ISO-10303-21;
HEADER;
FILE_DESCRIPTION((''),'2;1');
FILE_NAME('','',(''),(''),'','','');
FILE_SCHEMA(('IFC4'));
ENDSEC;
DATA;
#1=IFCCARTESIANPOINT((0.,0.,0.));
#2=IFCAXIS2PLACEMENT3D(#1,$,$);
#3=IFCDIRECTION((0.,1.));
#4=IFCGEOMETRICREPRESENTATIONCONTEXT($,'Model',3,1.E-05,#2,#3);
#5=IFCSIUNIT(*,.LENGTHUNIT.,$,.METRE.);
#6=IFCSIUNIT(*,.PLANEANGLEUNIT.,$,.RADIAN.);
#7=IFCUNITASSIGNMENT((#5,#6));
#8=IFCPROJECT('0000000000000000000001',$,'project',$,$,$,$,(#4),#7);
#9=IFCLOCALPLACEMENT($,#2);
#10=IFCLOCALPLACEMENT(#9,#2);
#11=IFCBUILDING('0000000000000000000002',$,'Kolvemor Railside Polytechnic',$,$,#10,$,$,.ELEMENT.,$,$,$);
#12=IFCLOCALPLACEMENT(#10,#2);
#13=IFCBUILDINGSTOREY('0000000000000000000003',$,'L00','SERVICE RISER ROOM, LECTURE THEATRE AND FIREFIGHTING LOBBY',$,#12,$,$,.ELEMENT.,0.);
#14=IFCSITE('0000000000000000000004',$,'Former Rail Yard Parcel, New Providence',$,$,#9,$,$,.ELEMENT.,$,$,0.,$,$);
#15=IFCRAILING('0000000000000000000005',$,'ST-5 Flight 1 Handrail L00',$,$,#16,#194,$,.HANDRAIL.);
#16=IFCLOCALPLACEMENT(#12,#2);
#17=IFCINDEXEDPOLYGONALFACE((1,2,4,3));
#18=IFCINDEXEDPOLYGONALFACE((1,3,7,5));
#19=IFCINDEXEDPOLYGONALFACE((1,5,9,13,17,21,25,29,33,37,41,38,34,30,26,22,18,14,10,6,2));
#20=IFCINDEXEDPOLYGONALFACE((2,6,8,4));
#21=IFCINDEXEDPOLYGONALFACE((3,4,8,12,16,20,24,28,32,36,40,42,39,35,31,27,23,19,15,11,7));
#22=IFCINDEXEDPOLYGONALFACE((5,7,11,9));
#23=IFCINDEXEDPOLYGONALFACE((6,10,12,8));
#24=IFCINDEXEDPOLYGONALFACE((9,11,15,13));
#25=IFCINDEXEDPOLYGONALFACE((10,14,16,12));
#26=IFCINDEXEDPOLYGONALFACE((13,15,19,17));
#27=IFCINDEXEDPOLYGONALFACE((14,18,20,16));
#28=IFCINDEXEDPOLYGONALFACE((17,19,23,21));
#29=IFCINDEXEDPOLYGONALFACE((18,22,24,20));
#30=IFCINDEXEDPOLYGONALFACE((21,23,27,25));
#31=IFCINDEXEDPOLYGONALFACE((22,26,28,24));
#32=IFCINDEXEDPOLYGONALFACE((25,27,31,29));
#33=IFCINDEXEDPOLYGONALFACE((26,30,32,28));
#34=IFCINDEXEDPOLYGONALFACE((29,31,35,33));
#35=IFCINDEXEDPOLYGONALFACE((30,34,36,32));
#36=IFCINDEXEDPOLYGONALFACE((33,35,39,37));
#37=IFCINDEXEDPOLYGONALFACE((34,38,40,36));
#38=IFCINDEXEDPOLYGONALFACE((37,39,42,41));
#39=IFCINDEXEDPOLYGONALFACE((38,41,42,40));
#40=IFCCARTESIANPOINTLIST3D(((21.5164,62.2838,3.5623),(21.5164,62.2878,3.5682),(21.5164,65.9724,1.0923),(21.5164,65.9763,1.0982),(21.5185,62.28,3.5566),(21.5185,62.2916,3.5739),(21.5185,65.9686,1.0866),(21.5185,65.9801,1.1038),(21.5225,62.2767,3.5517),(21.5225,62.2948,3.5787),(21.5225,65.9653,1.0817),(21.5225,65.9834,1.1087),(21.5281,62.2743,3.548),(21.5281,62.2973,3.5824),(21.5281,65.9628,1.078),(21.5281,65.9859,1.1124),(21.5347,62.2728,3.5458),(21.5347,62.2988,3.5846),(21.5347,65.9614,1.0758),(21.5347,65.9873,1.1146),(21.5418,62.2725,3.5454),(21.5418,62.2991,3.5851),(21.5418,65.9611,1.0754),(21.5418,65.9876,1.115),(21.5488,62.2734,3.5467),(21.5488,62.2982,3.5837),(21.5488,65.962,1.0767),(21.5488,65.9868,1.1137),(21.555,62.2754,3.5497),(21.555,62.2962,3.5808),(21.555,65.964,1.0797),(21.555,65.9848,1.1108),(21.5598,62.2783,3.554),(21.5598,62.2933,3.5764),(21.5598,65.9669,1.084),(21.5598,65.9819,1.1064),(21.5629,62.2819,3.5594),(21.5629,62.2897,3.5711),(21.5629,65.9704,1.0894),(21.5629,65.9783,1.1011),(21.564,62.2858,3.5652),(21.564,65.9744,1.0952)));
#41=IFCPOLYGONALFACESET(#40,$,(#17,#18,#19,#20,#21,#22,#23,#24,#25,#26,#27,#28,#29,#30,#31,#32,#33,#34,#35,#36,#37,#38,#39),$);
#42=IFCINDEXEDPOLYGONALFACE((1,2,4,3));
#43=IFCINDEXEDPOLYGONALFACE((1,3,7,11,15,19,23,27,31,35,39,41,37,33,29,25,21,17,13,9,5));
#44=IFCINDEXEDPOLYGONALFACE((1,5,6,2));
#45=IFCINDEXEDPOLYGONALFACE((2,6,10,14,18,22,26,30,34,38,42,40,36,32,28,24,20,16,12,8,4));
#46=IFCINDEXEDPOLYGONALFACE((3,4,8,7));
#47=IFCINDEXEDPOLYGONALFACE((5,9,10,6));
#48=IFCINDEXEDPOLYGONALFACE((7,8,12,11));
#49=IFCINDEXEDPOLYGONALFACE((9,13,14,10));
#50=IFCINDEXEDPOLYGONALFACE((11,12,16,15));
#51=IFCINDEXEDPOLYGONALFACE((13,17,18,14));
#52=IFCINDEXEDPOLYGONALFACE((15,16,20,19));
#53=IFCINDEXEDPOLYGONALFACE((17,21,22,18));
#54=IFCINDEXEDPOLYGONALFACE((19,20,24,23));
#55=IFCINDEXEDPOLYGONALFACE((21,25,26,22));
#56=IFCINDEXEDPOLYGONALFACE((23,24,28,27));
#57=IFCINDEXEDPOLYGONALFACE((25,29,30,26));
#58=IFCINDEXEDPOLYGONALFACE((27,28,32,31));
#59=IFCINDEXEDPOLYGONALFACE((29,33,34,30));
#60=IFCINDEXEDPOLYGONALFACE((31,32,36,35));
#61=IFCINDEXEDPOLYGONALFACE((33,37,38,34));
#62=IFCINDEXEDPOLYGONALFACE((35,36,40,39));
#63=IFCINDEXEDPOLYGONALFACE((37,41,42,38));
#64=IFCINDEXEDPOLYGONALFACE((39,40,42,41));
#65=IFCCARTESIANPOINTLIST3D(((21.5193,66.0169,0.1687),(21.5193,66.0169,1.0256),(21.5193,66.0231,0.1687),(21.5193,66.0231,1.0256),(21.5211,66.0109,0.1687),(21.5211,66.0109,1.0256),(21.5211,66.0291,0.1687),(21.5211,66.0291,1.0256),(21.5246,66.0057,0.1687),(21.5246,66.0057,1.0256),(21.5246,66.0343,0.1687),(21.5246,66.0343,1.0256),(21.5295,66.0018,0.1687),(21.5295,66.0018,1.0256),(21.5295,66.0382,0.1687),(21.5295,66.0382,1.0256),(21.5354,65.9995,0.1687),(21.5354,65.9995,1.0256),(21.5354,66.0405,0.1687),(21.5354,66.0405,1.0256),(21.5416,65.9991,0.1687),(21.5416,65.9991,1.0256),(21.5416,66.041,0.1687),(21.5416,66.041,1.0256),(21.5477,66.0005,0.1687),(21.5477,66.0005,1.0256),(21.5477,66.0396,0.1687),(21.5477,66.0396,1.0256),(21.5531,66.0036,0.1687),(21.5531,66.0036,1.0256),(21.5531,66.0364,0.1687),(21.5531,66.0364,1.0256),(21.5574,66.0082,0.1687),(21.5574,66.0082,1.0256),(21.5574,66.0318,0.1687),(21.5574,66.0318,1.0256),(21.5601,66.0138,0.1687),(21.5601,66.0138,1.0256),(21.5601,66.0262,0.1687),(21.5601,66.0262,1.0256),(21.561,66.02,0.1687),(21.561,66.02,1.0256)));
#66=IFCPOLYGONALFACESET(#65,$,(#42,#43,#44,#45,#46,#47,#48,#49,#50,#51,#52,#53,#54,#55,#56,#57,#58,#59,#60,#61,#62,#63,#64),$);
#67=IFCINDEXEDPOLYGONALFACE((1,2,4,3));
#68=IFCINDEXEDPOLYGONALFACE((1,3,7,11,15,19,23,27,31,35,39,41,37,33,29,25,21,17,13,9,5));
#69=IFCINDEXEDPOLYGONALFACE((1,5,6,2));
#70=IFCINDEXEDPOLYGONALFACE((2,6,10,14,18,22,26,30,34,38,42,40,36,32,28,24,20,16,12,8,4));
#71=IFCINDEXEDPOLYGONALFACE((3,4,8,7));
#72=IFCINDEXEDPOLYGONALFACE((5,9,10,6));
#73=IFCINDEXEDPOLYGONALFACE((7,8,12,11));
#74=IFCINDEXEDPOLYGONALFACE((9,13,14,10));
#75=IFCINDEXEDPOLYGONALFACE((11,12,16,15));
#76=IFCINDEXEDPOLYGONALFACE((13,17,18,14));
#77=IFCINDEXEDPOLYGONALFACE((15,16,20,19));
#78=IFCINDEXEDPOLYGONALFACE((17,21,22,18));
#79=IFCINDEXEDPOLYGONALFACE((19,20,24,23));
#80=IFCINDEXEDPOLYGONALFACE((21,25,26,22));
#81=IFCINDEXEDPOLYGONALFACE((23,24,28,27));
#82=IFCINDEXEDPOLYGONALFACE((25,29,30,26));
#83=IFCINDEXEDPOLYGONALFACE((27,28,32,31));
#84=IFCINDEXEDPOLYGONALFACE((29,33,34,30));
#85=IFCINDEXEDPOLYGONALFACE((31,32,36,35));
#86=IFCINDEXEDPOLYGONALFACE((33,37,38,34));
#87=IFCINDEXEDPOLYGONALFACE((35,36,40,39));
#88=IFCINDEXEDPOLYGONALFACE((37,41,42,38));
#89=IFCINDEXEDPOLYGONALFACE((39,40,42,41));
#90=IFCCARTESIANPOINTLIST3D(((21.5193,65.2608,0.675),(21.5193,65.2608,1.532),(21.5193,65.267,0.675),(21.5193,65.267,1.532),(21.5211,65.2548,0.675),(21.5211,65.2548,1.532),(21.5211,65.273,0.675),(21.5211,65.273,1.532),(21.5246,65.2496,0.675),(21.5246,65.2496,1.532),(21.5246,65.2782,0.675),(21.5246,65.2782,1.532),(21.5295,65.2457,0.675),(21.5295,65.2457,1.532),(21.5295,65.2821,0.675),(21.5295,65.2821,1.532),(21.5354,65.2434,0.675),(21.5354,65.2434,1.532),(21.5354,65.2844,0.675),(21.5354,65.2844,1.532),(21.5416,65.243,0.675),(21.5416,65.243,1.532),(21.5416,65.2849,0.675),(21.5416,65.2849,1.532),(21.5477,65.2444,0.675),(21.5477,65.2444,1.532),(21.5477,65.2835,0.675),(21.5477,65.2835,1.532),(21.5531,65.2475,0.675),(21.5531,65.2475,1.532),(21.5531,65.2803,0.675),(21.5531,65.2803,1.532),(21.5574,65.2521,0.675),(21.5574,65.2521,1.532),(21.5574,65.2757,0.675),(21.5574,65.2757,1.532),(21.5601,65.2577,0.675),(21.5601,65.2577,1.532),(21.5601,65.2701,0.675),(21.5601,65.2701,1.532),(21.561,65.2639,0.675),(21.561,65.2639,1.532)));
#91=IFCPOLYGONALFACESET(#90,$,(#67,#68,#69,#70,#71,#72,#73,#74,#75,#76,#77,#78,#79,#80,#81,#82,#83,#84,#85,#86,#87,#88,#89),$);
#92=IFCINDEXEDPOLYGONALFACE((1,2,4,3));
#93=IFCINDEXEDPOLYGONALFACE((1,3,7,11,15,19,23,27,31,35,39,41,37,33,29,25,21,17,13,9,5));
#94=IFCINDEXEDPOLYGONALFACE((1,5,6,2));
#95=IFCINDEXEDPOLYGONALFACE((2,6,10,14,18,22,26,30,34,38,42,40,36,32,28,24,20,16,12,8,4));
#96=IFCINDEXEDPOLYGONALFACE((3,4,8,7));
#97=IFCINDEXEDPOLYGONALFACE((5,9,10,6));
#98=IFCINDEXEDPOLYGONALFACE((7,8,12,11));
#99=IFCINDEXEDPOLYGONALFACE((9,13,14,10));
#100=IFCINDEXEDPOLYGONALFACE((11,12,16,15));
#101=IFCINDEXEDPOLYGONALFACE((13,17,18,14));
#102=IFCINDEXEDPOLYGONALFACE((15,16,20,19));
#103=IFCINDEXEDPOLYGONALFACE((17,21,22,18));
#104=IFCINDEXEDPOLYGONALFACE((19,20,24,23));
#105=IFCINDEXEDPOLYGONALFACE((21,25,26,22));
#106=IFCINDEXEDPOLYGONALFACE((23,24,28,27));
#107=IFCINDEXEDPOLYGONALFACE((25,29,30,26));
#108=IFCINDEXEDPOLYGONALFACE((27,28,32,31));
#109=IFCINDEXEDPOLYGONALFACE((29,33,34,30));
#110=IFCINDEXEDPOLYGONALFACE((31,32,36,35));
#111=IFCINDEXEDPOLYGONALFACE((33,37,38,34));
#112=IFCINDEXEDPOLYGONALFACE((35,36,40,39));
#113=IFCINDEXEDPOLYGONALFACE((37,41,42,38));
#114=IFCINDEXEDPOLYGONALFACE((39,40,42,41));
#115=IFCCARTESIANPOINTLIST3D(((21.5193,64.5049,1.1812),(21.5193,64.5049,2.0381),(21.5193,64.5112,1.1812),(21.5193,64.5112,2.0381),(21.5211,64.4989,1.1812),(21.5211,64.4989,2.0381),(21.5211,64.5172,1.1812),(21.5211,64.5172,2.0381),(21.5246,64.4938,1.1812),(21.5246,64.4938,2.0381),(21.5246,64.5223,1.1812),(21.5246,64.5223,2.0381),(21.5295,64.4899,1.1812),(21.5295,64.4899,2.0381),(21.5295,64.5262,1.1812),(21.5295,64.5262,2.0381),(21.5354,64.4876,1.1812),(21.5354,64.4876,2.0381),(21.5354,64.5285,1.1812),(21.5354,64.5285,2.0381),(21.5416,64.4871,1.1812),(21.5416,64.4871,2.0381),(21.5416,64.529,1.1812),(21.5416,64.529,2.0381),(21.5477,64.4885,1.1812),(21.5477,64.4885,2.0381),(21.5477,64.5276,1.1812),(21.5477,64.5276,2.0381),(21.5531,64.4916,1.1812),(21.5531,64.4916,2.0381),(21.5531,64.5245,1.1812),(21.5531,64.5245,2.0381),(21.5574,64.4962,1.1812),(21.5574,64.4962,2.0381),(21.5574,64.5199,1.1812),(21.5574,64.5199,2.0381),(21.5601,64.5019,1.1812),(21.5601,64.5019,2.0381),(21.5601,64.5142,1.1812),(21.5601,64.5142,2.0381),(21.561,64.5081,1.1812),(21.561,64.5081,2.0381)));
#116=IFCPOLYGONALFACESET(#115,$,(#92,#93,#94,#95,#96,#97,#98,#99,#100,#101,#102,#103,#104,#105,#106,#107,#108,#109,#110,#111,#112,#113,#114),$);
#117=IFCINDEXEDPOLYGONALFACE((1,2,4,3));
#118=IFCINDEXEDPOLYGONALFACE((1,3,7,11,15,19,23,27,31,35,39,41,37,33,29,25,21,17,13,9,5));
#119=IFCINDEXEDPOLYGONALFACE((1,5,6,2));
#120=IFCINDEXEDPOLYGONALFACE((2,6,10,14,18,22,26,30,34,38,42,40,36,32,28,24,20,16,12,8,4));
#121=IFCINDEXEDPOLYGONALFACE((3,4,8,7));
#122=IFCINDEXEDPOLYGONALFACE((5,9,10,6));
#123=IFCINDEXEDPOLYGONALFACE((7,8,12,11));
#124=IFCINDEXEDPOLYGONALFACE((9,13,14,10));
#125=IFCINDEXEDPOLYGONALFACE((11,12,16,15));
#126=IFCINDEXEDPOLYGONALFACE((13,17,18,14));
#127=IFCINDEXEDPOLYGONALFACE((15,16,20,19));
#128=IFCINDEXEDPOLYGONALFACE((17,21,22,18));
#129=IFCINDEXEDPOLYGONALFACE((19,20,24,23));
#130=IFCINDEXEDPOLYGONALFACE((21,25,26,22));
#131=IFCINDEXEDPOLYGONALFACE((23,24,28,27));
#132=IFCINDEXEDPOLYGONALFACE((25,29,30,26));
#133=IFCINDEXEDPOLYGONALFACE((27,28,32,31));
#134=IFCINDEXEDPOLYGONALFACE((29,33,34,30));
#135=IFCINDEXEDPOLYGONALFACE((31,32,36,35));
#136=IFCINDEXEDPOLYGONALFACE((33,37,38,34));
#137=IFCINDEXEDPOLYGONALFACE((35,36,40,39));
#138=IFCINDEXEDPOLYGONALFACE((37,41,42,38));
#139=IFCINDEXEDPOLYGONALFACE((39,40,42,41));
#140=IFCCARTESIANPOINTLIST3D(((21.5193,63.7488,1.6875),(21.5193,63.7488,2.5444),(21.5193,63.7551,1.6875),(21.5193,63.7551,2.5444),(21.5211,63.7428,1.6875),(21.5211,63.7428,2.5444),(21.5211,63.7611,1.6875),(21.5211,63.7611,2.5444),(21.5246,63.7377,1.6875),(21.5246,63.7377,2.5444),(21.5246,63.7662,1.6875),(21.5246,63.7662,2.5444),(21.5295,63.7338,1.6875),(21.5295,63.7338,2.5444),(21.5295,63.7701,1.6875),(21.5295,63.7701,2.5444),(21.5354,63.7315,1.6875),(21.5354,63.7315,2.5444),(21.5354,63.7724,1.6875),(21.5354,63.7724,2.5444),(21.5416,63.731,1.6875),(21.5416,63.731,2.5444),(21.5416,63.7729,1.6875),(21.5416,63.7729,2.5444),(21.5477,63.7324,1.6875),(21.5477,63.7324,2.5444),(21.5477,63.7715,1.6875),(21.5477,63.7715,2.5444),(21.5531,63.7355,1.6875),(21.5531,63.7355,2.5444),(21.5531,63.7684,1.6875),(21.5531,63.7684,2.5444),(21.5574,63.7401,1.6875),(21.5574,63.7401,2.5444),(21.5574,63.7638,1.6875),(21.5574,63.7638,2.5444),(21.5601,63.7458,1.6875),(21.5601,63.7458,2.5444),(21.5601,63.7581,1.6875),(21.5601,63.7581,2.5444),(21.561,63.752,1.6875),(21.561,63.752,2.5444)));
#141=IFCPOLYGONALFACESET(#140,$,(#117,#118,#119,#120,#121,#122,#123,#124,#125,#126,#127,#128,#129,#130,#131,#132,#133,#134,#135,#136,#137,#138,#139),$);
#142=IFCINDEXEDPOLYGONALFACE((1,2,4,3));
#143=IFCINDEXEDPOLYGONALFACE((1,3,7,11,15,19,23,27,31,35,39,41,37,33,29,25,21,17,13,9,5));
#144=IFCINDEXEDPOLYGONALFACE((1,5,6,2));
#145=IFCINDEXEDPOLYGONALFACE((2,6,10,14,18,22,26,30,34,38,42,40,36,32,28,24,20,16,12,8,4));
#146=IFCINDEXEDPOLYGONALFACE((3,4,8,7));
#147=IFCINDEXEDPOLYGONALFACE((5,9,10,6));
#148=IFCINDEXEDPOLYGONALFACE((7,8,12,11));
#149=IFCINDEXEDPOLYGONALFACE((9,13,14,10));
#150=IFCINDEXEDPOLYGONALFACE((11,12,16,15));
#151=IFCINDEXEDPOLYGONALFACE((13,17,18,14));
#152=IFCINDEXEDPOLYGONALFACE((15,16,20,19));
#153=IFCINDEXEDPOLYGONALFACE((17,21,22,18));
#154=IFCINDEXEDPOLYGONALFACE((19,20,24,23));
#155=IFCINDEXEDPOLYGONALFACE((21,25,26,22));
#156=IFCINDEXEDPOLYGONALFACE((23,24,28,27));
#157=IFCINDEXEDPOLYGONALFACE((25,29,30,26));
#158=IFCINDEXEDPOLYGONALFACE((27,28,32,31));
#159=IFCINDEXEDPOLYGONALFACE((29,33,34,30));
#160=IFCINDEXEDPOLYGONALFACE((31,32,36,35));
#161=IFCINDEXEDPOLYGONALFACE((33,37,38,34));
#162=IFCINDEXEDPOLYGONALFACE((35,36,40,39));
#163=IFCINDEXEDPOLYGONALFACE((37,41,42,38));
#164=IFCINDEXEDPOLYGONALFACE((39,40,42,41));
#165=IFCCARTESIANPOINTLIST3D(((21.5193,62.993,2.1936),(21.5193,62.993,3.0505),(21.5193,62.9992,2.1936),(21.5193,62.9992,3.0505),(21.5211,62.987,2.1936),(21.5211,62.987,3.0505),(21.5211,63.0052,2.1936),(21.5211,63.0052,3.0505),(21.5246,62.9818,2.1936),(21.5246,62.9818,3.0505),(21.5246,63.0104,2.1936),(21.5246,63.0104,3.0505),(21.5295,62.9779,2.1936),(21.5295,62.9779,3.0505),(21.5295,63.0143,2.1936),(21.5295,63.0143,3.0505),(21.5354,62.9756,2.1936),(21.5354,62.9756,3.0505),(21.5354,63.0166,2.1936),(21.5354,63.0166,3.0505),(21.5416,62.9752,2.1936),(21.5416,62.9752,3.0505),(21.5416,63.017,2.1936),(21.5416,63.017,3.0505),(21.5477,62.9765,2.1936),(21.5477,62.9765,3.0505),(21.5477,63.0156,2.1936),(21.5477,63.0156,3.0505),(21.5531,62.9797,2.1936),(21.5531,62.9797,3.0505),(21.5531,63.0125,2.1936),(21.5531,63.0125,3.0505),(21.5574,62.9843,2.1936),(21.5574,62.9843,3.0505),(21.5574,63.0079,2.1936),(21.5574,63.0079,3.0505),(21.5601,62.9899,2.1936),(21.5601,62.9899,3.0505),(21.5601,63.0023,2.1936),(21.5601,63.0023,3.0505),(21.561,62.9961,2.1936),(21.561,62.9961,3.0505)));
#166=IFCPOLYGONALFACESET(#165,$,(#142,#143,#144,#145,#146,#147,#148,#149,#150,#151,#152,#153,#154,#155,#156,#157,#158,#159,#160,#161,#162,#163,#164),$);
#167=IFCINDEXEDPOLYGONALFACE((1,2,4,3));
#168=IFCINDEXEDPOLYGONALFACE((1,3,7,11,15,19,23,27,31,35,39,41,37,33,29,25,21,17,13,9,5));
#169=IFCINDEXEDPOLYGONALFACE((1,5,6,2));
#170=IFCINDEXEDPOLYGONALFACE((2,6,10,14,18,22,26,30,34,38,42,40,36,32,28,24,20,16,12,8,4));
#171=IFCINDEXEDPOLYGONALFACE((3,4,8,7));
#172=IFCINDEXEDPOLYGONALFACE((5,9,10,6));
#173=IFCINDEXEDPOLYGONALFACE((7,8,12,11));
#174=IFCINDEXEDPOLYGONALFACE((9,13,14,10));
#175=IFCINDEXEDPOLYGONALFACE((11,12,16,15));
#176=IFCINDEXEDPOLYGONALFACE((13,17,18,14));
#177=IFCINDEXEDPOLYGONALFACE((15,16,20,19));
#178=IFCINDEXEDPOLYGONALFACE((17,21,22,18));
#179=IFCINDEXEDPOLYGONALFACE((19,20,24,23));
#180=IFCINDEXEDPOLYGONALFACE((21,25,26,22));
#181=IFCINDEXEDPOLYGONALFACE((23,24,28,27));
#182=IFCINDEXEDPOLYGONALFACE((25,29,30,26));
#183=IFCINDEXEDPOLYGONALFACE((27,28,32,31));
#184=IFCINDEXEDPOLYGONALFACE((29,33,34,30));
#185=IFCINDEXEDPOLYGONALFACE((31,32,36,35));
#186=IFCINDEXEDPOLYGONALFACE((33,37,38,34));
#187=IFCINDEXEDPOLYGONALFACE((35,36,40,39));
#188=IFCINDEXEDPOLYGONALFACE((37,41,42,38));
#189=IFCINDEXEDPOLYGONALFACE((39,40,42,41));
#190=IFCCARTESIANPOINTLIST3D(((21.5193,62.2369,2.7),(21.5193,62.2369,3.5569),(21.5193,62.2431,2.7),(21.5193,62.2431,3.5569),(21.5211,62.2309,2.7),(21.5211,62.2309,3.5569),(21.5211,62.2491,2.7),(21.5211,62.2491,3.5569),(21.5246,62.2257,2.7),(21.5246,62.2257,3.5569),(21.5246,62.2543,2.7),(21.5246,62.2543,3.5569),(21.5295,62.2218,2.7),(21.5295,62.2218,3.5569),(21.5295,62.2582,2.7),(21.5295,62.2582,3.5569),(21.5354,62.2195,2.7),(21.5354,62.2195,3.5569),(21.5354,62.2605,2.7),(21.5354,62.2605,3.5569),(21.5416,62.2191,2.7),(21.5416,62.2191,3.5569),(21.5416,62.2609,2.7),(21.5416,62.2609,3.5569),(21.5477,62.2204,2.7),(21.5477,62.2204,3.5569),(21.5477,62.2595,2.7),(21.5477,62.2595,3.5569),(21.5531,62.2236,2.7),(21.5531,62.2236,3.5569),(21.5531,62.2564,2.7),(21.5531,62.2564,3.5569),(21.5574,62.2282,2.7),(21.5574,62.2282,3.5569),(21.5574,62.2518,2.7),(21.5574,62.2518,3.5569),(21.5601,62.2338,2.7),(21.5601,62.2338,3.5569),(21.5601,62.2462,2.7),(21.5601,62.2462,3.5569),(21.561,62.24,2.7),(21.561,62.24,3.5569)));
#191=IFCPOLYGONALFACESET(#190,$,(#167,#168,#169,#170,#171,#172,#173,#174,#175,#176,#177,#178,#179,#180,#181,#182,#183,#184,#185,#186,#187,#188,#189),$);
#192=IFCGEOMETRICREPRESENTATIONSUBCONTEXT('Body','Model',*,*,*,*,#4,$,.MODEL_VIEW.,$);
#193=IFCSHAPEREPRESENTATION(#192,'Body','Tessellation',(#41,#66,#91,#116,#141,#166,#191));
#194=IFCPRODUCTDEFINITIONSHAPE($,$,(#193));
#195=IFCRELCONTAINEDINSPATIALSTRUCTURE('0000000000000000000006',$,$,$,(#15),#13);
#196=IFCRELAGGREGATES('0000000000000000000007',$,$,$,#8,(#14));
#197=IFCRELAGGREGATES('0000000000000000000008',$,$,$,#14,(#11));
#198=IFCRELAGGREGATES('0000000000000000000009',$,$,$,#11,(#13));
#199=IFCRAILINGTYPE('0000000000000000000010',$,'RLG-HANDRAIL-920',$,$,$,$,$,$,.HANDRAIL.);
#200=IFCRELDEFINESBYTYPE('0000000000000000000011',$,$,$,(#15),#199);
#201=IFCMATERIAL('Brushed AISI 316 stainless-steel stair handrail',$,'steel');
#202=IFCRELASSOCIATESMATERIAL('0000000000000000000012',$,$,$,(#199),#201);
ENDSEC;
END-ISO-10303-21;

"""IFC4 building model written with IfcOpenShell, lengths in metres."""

from ifc_helpers import new_model, si_unit, direction, frame, origin, origin_2d, place, context, subcontext, project, spatial, circle, extrude, material, type_object, element, save


model = new_model("IFC4")

# Units and contexts
model_context = context("Model", 3, precision=1e-05, world=origin(), true_north=direction((0.0, 1.0)))
body_context = subcontext(model_context, "Body", "Model", "MODEL_VIEW")
ifc_project = project(units=[si_unit("LENGTHUNIT", "METRE"), si_unit("PLANEANGLEUNIT", "RADIAN")], contexts=[model_context])

# Site, building, storey
site_placement = place(None, origin())
site = spatial("IfcSite", under=ifc_project, at=site_placement, Name="Former Rail Yard Parcel, New Providence", CompositionType="ELEMENT", RefElevation=0.0)
building_placement = place(site_placement, origin())
building = spatial("IfcBuilding", under=site, at=building_placement, Name="Kolvemor Railside Polytechnic", CompositionType="ELEMENT")
storey_placement = place(building_placement, origin())
storey = spatial("IfcBuildingStorey", under=building, at=storey_placement, Name="L00", Description="SERVICE RISER ROOM, LECTURE THEATRE AND FIREFIGHTING LOBBY", CompositionType="ELEMENT", Elevation=0.0)

# Railing
ifc_material_1 = material(Name="Brushed AISI 316 stainless-steel stair handrail", Category="steel")
railing_type_1 = type_object("IfcRailingType", Name="RLG-HANDRAIL-920", PredefinedType="HANDRAIL", material=ifc_material_1)
railing_1_placement = place(storey_placement, frame((21.54, 66.02, 0.1687)))
element("IfcRailing", 1, at=railing_1_placement, inside=storey, type_object=railing_type_1, Name="ST-5 Flight 1 Handrail L00", PredefinedType="HANDRAIL", context=body_context, shape_type="SweptSolid", body=[
    extrude(circle(Radius=0.0239, at=origin_2d()), frame((0.0, -0.0457, 0.9265), z_axis=(0.0, -0.830909, 0.556408), x_axis=(1.0, 0.0, 0.0)), (0.0, 0.0, 1.0), 4.4392),
    extrude(circle(Radius=0.021, at=origin_2d()), origin(), (0.0, 0.0, 1.0), 0.8569),
    extrude(circle(Radius=0.021, at=origin_2d()), frame((0.0, -0.7561, 0.5063)), (0.0, 0.0, 1.0), 0.8569),
    extrude(circle(Radius=0.021, at=origin_2d()), frame((0.0, -1.512, 1.0125)), (0.0, 0.0, 1.0), 0.8569),
    extrude(circle(Radius=0.021, at=origin_2d()), frame((0.0, -2.2681, 1.5188)), (0.0, 0.0, 1.0), 0.8569),
    extrude(circle(Radius=0.021, at=origin_2d()), frame((0.0, -3.0239, 2.0249)), (0.0, 0.0, 1.0), 0.8569),
    extrude(circle(Radius=0.021, at=origin_2d()), frame((0.0, -3.78, 2.5312)), (0.0, 0.0, 1.0), 0.8569),
])

save(model, "model.ifc")
